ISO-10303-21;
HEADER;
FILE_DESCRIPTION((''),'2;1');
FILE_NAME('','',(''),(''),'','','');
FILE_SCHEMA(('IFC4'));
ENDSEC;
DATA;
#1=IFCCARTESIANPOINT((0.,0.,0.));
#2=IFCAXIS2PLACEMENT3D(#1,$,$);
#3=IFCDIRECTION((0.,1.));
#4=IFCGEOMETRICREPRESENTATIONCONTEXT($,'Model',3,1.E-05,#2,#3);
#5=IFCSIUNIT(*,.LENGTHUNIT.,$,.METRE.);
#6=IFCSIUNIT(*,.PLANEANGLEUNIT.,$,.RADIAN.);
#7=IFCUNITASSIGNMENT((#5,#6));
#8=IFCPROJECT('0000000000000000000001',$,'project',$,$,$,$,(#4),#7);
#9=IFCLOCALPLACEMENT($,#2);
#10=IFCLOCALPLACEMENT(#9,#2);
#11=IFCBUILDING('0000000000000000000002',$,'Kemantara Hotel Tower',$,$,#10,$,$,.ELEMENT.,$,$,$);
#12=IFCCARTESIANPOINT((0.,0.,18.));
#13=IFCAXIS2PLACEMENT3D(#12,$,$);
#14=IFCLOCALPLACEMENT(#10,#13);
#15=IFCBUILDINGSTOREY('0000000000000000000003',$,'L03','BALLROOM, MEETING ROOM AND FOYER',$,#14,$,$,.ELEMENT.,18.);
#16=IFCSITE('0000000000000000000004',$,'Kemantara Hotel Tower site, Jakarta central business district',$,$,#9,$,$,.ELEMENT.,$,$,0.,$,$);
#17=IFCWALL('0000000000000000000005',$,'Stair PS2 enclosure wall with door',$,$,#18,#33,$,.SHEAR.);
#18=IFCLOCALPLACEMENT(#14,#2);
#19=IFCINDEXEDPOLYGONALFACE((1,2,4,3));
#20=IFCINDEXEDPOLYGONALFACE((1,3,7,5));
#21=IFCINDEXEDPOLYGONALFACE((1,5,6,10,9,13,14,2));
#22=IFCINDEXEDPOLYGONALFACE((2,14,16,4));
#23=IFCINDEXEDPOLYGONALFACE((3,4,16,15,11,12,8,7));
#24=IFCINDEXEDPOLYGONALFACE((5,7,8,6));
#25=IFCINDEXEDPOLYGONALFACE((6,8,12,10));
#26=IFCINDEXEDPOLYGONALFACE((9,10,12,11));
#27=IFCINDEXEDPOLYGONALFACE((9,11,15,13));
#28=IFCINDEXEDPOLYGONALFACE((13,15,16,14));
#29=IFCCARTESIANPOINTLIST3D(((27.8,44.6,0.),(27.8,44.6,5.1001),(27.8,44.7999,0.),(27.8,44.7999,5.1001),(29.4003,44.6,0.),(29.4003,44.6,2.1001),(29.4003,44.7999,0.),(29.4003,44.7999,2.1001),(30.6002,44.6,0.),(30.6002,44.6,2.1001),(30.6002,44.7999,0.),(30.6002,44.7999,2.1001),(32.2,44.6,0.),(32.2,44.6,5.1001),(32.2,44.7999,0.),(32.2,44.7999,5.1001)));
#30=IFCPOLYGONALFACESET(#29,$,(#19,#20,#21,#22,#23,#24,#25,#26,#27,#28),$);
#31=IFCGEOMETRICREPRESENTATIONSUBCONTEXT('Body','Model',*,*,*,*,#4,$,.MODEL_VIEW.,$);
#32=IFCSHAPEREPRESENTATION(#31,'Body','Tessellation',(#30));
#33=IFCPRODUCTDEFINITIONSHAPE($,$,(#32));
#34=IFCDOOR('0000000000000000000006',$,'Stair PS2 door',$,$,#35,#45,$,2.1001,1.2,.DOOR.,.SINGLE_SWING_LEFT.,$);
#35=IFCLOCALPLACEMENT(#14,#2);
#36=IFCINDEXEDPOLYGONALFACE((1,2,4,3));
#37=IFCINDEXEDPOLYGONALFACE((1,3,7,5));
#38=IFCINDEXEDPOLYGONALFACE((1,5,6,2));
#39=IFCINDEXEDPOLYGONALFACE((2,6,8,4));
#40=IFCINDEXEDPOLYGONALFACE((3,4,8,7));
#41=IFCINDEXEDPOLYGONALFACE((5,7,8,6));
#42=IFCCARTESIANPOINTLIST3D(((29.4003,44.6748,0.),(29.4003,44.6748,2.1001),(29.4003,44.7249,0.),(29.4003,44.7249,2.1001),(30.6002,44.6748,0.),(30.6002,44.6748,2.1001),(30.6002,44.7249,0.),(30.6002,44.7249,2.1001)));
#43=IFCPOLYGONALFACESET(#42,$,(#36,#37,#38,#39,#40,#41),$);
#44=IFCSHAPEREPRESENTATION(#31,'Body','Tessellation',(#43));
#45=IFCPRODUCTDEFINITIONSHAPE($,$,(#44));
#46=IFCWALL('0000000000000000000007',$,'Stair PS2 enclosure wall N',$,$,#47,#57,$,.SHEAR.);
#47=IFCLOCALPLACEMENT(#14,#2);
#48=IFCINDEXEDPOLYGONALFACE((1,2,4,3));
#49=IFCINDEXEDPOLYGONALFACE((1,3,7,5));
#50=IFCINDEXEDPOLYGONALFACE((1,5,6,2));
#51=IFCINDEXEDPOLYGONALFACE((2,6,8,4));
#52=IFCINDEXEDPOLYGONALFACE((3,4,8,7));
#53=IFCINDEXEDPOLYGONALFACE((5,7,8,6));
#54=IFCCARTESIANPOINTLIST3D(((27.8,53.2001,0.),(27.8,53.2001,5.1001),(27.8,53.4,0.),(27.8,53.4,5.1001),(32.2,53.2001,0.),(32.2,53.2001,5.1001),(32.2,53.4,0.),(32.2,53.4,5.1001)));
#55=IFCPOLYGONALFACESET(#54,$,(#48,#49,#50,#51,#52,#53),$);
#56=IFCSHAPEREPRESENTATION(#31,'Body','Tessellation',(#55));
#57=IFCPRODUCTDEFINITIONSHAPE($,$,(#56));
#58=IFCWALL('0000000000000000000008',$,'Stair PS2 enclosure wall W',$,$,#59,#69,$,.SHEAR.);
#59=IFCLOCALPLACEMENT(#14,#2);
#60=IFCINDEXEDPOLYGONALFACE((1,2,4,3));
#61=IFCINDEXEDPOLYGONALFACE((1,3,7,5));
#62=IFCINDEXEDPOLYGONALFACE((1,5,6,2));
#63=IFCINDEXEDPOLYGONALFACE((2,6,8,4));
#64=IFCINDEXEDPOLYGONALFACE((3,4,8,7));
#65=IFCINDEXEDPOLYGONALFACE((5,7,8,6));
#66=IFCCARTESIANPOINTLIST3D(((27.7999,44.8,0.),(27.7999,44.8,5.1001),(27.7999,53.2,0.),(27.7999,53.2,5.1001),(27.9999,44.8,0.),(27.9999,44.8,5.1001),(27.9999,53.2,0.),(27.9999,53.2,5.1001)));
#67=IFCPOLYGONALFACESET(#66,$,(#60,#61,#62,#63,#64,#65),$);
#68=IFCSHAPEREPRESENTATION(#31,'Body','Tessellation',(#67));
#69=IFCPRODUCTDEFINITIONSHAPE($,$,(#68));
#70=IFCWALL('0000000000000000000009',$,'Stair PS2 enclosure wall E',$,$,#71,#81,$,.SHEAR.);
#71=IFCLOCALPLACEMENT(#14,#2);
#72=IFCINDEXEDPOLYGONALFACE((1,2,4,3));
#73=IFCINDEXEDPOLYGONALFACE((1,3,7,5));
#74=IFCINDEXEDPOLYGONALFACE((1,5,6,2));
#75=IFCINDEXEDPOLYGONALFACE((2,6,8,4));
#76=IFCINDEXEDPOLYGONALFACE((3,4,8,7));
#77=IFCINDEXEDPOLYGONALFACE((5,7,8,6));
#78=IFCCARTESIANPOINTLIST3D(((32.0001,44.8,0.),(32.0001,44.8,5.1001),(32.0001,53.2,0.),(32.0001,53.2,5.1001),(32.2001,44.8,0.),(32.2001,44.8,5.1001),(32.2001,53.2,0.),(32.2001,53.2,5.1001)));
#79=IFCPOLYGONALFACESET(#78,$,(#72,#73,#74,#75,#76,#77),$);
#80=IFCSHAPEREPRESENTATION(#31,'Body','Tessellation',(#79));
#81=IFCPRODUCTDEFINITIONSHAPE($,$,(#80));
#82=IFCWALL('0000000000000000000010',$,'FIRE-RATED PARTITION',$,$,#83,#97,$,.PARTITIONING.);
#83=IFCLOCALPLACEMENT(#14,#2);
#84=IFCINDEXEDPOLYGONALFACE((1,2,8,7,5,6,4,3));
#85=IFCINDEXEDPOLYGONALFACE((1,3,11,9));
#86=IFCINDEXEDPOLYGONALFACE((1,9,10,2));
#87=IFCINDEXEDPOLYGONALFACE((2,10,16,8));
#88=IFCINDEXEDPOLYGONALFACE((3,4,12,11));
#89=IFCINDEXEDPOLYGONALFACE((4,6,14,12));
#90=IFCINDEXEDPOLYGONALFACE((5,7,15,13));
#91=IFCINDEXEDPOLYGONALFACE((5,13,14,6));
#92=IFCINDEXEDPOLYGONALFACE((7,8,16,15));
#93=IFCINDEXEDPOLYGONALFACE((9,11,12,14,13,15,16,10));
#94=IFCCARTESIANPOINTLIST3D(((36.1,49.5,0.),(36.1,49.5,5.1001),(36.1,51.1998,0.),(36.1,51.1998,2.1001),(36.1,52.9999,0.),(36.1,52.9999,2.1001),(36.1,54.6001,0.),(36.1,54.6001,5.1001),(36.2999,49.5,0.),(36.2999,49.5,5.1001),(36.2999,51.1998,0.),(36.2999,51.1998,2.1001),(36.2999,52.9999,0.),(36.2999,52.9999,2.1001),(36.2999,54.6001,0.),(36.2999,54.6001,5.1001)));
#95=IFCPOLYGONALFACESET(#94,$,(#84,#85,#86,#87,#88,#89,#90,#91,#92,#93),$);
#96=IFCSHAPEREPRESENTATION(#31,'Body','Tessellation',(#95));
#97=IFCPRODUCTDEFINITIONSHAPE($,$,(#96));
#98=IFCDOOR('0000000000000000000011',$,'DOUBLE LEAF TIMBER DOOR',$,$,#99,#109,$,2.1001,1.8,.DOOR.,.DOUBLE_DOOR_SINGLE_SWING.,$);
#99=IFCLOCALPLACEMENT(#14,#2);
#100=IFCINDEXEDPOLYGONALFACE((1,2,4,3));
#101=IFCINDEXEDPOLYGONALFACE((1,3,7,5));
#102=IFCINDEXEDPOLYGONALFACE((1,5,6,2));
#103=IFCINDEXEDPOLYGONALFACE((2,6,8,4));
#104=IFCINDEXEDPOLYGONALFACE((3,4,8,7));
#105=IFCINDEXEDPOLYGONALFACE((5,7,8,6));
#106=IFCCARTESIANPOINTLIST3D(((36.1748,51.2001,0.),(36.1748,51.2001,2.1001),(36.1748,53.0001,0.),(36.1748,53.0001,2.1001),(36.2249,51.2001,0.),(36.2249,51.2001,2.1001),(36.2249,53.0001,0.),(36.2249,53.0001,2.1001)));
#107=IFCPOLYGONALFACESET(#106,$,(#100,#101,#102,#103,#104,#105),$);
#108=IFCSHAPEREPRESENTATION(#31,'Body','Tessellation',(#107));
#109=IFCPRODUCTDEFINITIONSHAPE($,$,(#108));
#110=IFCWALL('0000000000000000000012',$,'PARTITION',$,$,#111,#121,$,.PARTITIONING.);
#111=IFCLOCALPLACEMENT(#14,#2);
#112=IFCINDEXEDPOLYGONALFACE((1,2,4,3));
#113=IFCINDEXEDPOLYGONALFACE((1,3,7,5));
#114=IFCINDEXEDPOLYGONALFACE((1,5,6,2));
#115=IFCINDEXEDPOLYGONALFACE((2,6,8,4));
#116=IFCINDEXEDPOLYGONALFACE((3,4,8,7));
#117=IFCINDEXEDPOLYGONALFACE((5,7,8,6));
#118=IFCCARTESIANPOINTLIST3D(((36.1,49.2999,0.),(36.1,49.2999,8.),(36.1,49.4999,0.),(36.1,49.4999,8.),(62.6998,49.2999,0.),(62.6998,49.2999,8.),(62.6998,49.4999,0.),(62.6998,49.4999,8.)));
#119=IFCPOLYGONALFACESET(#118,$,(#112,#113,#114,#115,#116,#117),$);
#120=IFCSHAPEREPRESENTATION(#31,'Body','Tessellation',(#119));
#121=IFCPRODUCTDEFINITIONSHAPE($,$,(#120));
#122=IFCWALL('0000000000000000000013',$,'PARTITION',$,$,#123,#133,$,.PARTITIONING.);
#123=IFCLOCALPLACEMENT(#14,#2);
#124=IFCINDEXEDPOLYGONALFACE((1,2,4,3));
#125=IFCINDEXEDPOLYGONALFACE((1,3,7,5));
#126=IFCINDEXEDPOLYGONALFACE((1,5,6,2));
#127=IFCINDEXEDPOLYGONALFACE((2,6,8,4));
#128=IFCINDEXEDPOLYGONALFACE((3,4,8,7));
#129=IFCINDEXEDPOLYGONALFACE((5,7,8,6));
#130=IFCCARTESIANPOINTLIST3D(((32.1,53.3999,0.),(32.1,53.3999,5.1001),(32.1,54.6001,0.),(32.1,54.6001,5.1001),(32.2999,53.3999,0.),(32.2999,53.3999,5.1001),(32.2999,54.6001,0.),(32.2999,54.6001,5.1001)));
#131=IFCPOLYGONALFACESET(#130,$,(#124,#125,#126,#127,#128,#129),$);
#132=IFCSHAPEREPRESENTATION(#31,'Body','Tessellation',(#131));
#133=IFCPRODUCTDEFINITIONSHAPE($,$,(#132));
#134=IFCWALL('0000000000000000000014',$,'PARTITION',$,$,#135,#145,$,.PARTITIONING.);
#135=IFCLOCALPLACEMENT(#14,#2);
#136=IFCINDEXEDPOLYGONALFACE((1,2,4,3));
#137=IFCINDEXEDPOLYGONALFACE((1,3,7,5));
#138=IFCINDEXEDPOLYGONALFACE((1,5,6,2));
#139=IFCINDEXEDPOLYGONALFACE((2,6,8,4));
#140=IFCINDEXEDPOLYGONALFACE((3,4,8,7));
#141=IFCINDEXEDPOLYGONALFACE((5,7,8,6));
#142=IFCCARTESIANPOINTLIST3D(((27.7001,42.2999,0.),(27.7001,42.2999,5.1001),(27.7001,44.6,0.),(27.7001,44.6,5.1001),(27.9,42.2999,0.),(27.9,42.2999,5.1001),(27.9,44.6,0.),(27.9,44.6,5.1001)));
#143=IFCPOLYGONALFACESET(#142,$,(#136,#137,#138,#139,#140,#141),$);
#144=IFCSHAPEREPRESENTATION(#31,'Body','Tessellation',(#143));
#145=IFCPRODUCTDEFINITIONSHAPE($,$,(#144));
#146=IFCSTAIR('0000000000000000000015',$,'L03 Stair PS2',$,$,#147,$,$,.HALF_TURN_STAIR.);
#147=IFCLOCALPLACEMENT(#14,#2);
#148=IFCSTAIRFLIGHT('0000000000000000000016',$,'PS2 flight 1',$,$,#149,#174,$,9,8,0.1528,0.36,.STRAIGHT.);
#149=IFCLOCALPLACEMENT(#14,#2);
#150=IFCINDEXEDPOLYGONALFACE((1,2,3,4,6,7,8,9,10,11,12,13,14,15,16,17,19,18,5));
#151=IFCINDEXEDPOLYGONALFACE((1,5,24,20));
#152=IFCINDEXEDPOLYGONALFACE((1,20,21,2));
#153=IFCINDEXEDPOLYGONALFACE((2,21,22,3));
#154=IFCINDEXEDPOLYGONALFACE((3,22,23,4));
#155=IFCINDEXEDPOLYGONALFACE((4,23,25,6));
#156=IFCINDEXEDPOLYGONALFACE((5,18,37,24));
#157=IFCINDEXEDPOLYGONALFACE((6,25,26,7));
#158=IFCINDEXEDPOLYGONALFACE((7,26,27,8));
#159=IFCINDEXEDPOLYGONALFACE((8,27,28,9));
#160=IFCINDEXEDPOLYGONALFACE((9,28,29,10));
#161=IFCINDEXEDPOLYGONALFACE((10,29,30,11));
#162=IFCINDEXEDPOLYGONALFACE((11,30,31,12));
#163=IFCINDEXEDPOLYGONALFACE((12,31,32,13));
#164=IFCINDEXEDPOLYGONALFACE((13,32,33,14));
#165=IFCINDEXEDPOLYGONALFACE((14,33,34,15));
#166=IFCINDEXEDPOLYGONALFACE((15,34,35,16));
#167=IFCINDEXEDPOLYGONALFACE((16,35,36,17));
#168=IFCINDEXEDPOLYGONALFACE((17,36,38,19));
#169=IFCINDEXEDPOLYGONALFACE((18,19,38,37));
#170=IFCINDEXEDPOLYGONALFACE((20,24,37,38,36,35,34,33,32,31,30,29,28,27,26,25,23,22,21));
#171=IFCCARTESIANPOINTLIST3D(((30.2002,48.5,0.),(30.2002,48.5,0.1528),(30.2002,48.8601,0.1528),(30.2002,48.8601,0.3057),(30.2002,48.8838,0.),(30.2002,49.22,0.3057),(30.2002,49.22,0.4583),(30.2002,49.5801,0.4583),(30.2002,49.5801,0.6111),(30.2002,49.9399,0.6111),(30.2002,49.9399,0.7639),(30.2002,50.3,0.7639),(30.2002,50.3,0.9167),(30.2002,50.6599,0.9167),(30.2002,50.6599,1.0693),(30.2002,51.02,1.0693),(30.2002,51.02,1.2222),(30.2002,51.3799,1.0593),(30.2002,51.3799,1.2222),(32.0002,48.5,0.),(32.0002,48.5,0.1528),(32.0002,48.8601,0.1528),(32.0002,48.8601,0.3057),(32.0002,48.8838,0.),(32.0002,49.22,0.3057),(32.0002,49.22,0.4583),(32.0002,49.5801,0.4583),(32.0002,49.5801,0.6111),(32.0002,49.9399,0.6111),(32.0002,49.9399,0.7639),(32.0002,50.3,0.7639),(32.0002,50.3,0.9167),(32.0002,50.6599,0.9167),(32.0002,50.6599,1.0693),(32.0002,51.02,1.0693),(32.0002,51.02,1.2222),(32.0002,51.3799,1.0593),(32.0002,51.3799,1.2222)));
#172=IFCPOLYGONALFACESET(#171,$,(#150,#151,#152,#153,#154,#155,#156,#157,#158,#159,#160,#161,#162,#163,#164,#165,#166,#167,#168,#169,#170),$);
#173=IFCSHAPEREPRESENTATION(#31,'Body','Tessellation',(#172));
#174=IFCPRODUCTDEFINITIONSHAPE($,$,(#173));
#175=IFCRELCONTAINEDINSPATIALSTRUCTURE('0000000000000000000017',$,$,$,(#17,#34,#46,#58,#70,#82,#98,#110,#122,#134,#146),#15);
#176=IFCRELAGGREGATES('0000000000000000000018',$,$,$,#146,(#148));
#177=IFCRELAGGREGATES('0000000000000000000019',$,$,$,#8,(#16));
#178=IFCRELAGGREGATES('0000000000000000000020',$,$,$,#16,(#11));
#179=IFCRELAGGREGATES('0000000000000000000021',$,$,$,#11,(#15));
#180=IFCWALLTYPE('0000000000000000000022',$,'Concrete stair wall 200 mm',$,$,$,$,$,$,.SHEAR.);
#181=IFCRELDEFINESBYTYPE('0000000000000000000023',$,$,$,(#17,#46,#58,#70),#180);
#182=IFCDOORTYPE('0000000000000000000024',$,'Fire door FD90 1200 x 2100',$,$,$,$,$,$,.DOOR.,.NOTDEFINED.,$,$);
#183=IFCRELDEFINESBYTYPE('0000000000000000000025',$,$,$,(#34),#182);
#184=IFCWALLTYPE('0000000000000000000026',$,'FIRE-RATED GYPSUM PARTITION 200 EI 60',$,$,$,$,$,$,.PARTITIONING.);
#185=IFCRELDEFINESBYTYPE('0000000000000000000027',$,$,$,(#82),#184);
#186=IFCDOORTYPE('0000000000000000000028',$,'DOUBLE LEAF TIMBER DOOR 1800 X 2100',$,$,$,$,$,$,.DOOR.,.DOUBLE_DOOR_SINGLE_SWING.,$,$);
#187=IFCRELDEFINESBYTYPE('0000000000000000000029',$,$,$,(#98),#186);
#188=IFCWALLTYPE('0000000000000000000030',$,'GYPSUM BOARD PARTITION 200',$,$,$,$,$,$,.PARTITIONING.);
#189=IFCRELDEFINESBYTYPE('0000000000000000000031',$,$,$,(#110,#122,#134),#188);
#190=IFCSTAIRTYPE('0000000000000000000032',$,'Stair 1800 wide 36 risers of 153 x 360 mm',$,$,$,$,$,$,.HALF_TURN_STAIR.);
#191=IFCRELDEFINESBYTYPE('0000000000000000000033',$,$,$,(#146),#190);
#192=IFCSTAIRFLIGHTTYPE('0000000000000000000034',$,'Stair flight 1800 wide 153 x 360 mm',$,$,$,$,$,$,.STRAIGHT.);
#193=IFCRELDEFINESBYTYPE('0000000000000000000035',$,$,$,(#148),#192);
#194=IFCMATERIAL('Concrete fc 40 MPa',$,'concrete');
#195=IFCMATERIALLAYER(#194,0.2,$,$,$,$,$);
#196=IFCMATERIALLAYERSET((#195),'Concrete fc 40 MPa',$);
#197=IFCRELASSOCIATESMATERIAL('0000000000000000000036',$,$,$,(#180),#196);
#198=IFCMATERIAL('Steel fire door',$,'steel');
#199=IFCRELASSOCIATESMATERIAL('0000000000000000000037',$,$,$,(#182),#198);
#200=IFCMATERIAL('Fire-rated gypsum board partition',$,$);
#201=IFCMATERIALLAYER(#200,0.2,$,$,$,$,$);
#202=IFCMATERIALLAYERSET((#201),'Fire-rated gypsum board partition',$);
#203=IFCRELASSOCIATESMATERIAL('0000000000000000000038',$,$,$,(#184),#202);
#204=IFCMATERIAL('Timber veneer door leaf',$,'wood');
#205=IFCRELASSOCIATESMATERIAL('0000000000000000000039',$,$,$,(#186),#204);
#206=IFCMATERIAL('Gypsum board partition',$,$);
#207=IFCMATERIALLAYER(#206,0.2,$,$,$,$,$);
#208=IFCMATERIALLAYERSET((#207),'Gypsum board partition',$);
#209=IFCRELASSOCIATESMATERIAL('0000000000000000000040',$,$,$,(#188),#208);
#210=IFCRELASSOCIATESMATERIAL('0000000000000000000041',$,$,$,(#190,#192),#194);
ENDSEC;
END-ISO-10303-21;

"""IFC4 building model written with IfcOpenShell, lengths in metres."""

from ifc_helpers import new_model, si_unit, direction, frame, frame_2d, origin, place, context, subcontext, project, spatial, polyline, rectangle, outline, extrude, material, layer, layer_set, type_object, element, fill, aggregate, save


model = new_model("IFC4")

# Units and contexts
model_context = context("Model", 3, precision=1e-05, world=origin(), true_north=direction((0.0, 1.0)))
body_context = subcontext(model_context, "Body", "Model", "MODEL_VIEW")
ifc_project = project(units=[si_unit("LENGTHUNIT", "METRE"), si_unit("PLANEANGLEUNIT", "RADIAN")], contexts=[model_context])

# Site, building, storey
site_placement = place(None, origin())
site = spatial("IfcSite", under=ifc_project, at=site_placement, Name="Kemantara Hotel Tower site, Jakarta central business district", CompositionType="ELEMENT", RefElevation=0.0)
building_placement = place(site_placement, origin())
building = spatial("IfcBuilding", under=site, at=building_placement, Name="Kemantara Hotel Tower", CompositionType="ELEMENT")
storey_placement = place(building_placement, frame((0.0, 0.0, 18.0)))
storey = spatial("IfcBuildingStorey", under=building, at=storey_placement, Name="L03", Description="BALLROOM, MEETING ROOM AND FOYER", CompositionType="ELEMENT", Elevation=18.0)

# Wall, opening, door
ifc_material_1 = material(Name="Concrete fc 40 MPa", Category="concrete")
ifc_layer_1 = layer(ifc_material_1, 0.2)
ifc_layer_set_1 = layer_set([ifc_layer_1], Name="Concrete fc 40 MPa")
wall_type_1 = type_object("IfcWallType", Name="Concrete stair wall 200 mm", PredefinedType="SHEAR", material=ifc_layer_set_1)
wall_1_placement = place(storey_placement, frame((27.8, 44.7, 0.0), z_axis=(0.0, 0.0, 1.0), x_axis=(1.0, 0.0, 0.0)))
wall_1 = element("IfcWall", 1, at=wall_1_placement, inside=storey, type_object=wall_type_1, Name="Stair PS2 enclosure wall with door", PredefinedType="SHEAR", context=body_context, shape_type="SweptSolid", body=[
    extrude(rectangle(XDim=4.3999, YDim=0.2, at=frame_2d((2.2, 0.0))), origin(), (0.0, 0.0, 1.0), 5.1001),
])
opening_1_placement = place(wall_1_placement, frame((1.6001, 0.0, 0.0)))
opening_1 = element("IfcOpeningElement", 2, at=opening_1_placement, cuts=wall_1, PredefinedType="OPENING", context=body_context, shape_type="SweptSolid", body=[
    extrude(rectangle(XDim=1.2, YDim=2.1001, at=frame_2d((0.6001, 1.05))), frame((0.0, 0.1099, 0.0), z_axis=(0.0, -1.0, 0.0), x_axis=(1.0, 0.0, 0.0)), (0.0, 0.0, 1.0), 0.22),
])
ifc_material_2 = material(Name="Steel fire door", Category="steel")
door_type_1 = type_object("IfcDoorType", Name="Fire door FD90 1200 x 2100", OperationType="NOTDEFINED", PredefinedType="DOOR", material=ifc_material_2)
door_1_placement = place(opening_1_placement, origin())
door_1 = element("IfcDoor", 3, at=door_1_placement, inside=storey, type_object=door_type_1, Name="Stair PS2 door", OperationType="SINGLE_SWING_LEFT", OverallHeight=2.1001, OverallWidth=1.2, PredefinedType="DOOR", context=body_context, shape_type="SweptSolid", body=[
    extrude(rectangle(XDim=1.2, YDim=2.1001, at=frame_2d((0.6001, 1.05))), frame((0.0, 0.0249, 0.0), z_axis=(0.0, -1.0, 0.0), x_axis=(1.0, 0.0, 0.0)), (0.0, 0.0, 1.0), 0.05),
])
fill(opening_1, door_1)

# Walls
wall_2_placement = place(storey_placement, frame((27.8, 53.3, 0.0), z_axis=(0.0, 0.0, 1.0), x_axis=(1.0, 0.0, 0.0)))
element("IfcWall", 4, at=wall_2_placement, inside=storey, type_object=wall_type_1, Name="Stair PS2 enclosure wall N", PredefinedType="SHEAR", context=body_context, shape_type="SweptSolid", body=[
    extrude(rectangle(XDim=4.3999, YDim=0.2, at=frame_2d((2.2, 0.0))), origin(), (0.0, 0.0, 1.0), 5.1001),
])
for number, where, z_axis, x_axis, name in (
    (5, (27.8999, 44.8, 0.0), (0.0, 0.0, 1.0), (0.0, 1.0, 0.0), "Stair PS2 enclosure wall W"),
    (6, (32.1001, 44.8, 0.0), (0.0, 0.0, 1.0), (0.0, 1.0, 0.0), "Stair PS2 enclosure wall E"),
):
    element("IfcWall", number, at=place(storey_placement, frame(where, z_axis=z_axis, x_axis=x_axis)), inside=storey, type_object=wall_type_1, Name=name, PredefinedType="SHEAR", context=body_context, shape_type="SweptSolid", body=[
        extrude(rectangle(XDim=8.3999, YDim=0.2, at=frame_2d((4.2, 0.0))), origin(), (0.0, 0.0, 1.0), 5.1001),
    ])

# Wall, opening, door
ifc_material_3 = material(Name="Fire-rated gypsum board partition")
ifc_layer_2 = layer(ifc_material_3, 0.2)
ifc_layer_set_2 = layer_set([ifc_layer_2], Name="Fire-rated gypsum board partition")
wall_type_2 = type_object("IfcWallType", Name="FIRE-RATED GYPSUM PARTITION 200 EI 60", PredefinedType="PARTITIONING", material=ifc_layer_set_2)
wall_3_placement = place(storey_placement, frame((36.2, 49.5, 0.0), z_axis=(0.0, 0.0, 1.0), x_axis=(0.0, 1.0, 0.0)))
wall_3 = element("IfcWall", 7, at=wall_3_placement, inside=storey, type_object=wall_type_2, Name="FIRE-RATED PARTITION", PredefinedType="PARTITIONING", context=body_context, shape_type="SweptSolid", body=[
    extrude(rectangle(XDim=5.1001, YDim=0.2, at=frame_2d((2.55, 0.0))), origin(), (0.0, 0.0, 1.0), 5.1001),
])
opening_2_placement = place(wall_3_placement, frame((1.7, 0.0, 0.0)))
opening_2 = element("IfcOpeningElement", 8, at=opening_2_placement, cuts=wall_3, PredefinedType="OPENING", context=body_context, shape_type="SweptSolid", body=[
    extrude(rectangle(XDim=1.8, YDim=2.1001, at=frame_2d((0.8999, 1.05))), frame((0.0, 0.1099, 0.0), z_axis=(0.0, -1.0, 0.0), x_axis=(1.0, 0.0, 0.0)), (0.0, 0.0, 1.0), 0.22),
])
ifc_material_4 = material(Name="Timber veneer door leaf", Category="wood")
door_type_2 = type_object("IfcDoorType", Name="DOUBLE LEAF TIMBER DOOR 1800 X 2100", OperationType="DOUBLE_DOOR_SINGLE_SWING", PredefinedType="DOOR", material=ifc_material_4)
door_2_placement = place(opening_2_placement, frame((1.8, 0.0, 0.0), z_axis=(0.0, 0.0, 1.0), x_axis=(-1.0, 0.0, 0.0)))
door_2 = element("IfcDoor", 9, at=door_2_placement, inside=storey, type_object=door_type_2, Name="DOUBLE LEAF TIMBER DOOR", OperationType="DOUBLE_DOOR_SINGLE_SWING", OverallHeight=2.1001, OverallWidth=1.8, PredefinedType="DOOR", context=body_context, shape_type="SweptSolid", body=[
    extrude(rectangle(XDim=1.8, YDim=2.1001, at=frame_2d((0.8999, 1.05))), frame((0.0, 0.0249, 0.0), z_axis=(0.0, -1.0, 0.0), x_axis=(1.0, 0.0, 0.0)), (0.0, 0.0, 1.0), 0.05),
])
fill(opening_2, door_2)

# Walls
ifc_material_5 = material(Name="Gypsum board partition")
ifc_layer_3 = layer(ifc_material_5, 0.2)
ifc_layer_set_3 = layer_set([ifc_layer_3], Name="Gypsum board partition")
wall_type_3 = type_object("IfcWallType", Name="GYPSUM BOARD PARTITION 200", PredefinedType="PARTITIONING", material=ifc_layer_set_3)
wall_4_placement = place(storey_placement, frame((36.1001, 49.3999, 0.0), z_axis=(0.0, 0.0, 1.0), x_axis=(1.0, 0.0, 0.0)))
element("IfcWall", 10, at=wall_4_placement, inside=storey, type_object=wall_type_3, Name="PARTITION", PredefinedType="PARTITIONING", context=body_context, shape_type="SweptSolid", body=[
    extrude(rectangle(XDim=26.5999, YDim=0.2, at=frame_2d((13.2998, 0.0))), origin(), (0.0, 0.0, 1.0), 8.0),
])
wall_5_placement = place(storey_placement, frame((32.2, 53.3999, 0.0), z_axis=(0.0, 0.0, 1.0), x_axis=(0.0, 1.0, 0.0)))
element("IfcWall", 11, at=wall_5_placement, inside=storey, type_object=wall_type_3, Name="PARTITION", PredefinedType="PARTITIONING", context=body_context, shape_type="SweptSolid", body=[
    extrude(rectangle(XDim=1.2002, YDim=0.2, at=frame_2d((0.6001, 0.0))), origin(), (0.0, 0.0, 1.0), 5.1001),
])
wall_6_placement = place(storey_placement, frame((27.8, 42.3, 0.0), z_axis=(0.0, 0.0, 1.0), x_axis=(0.0, 1.0, 0.0)))
element("IfcWall", 12, at=wall_6_placement, inside=storey, type_object=wall_type_3, Name="PARTITION", PredefinedType="PARTITIONING", context=body_context, shape_type="SweptSolid", body=[
    extrude(rectangle(XDim=2.3, YDim=0.2, at=frame_2d((1.1499, 0.0))), origin(), (0.0, 0.0, 1.0), 5.1001),
])

# Stair, stair flight
stair_type = type_object("IfcStairType", Name="Stair 1800 wide 36 risers of 153 x 360 mm", PredefinedType="HALF_TURN_STAIR", material=ifc_material_1)
stair_placement = place(storey_placement, origin())
stair = element("IfcStair", 13, at=stair_placement, inside=storey, type_object=stair_type, Name="L03 Stair PS2", PredefinedType="HALF_TURN_STAIR")
stair_flight_type = type_object("IfcStairFlightType", Name="Stair flight 1800 wide 153 x 360 mm", PredefinedType="STRAIGHT", material=ifc_material_1)
stair_flight_1_placement = place(storey_placement, frame((31.1001, 48.5, 0.0), z_axis=(0.0, 0.0, 1.0), x_axis=(0.0, 1.0, 0.0)))
stair_flight_1 = element("IfcStairFlight", 14, at=stair_flight_1_placement, type_object=stair_flight_type, Name="PS2 flight 1", NumberOfRisers=9, NumberOfTreads=8, PredefinedType="STRAIGHT", RiserHeight=0.1528, TreadLength=0.36, context=body_context, shape_type="SweptSolid", body=[
    extrude(outline(polyline([(0.0, 0.0), (0.0, 0.1528), (0.3601, 0.1528), (0.3601, 0.3057), (0.72, 0.3057), (0.72, 0.4583), (1.0801, 0.4583), (1.0801, 0.6111), (1.4399, 0.6111), (1.4399, 0.7639), (1.8, 0.7639), (1.8, 0.9167), (2.1599, 0.9167), (2.1599, 1.0693), (2.52, 1.0693), (2.52, 1.2222), (2.8799, 1.2222), (2.8799, 1.375), (2.8799, 1.0593), (0.3838, 0.0), (0.0, 0.0)])), frame((0.0, 0.8999, 0.0), z_axis=(0.0, -1.0, 0.0), x_axis=(1.0, 0.0, 0.0)), (0.0, 0.0, 1.0), 1.8),
])
aggregate(stair, [stair_flight_1])

save(model, "model.ifc")
